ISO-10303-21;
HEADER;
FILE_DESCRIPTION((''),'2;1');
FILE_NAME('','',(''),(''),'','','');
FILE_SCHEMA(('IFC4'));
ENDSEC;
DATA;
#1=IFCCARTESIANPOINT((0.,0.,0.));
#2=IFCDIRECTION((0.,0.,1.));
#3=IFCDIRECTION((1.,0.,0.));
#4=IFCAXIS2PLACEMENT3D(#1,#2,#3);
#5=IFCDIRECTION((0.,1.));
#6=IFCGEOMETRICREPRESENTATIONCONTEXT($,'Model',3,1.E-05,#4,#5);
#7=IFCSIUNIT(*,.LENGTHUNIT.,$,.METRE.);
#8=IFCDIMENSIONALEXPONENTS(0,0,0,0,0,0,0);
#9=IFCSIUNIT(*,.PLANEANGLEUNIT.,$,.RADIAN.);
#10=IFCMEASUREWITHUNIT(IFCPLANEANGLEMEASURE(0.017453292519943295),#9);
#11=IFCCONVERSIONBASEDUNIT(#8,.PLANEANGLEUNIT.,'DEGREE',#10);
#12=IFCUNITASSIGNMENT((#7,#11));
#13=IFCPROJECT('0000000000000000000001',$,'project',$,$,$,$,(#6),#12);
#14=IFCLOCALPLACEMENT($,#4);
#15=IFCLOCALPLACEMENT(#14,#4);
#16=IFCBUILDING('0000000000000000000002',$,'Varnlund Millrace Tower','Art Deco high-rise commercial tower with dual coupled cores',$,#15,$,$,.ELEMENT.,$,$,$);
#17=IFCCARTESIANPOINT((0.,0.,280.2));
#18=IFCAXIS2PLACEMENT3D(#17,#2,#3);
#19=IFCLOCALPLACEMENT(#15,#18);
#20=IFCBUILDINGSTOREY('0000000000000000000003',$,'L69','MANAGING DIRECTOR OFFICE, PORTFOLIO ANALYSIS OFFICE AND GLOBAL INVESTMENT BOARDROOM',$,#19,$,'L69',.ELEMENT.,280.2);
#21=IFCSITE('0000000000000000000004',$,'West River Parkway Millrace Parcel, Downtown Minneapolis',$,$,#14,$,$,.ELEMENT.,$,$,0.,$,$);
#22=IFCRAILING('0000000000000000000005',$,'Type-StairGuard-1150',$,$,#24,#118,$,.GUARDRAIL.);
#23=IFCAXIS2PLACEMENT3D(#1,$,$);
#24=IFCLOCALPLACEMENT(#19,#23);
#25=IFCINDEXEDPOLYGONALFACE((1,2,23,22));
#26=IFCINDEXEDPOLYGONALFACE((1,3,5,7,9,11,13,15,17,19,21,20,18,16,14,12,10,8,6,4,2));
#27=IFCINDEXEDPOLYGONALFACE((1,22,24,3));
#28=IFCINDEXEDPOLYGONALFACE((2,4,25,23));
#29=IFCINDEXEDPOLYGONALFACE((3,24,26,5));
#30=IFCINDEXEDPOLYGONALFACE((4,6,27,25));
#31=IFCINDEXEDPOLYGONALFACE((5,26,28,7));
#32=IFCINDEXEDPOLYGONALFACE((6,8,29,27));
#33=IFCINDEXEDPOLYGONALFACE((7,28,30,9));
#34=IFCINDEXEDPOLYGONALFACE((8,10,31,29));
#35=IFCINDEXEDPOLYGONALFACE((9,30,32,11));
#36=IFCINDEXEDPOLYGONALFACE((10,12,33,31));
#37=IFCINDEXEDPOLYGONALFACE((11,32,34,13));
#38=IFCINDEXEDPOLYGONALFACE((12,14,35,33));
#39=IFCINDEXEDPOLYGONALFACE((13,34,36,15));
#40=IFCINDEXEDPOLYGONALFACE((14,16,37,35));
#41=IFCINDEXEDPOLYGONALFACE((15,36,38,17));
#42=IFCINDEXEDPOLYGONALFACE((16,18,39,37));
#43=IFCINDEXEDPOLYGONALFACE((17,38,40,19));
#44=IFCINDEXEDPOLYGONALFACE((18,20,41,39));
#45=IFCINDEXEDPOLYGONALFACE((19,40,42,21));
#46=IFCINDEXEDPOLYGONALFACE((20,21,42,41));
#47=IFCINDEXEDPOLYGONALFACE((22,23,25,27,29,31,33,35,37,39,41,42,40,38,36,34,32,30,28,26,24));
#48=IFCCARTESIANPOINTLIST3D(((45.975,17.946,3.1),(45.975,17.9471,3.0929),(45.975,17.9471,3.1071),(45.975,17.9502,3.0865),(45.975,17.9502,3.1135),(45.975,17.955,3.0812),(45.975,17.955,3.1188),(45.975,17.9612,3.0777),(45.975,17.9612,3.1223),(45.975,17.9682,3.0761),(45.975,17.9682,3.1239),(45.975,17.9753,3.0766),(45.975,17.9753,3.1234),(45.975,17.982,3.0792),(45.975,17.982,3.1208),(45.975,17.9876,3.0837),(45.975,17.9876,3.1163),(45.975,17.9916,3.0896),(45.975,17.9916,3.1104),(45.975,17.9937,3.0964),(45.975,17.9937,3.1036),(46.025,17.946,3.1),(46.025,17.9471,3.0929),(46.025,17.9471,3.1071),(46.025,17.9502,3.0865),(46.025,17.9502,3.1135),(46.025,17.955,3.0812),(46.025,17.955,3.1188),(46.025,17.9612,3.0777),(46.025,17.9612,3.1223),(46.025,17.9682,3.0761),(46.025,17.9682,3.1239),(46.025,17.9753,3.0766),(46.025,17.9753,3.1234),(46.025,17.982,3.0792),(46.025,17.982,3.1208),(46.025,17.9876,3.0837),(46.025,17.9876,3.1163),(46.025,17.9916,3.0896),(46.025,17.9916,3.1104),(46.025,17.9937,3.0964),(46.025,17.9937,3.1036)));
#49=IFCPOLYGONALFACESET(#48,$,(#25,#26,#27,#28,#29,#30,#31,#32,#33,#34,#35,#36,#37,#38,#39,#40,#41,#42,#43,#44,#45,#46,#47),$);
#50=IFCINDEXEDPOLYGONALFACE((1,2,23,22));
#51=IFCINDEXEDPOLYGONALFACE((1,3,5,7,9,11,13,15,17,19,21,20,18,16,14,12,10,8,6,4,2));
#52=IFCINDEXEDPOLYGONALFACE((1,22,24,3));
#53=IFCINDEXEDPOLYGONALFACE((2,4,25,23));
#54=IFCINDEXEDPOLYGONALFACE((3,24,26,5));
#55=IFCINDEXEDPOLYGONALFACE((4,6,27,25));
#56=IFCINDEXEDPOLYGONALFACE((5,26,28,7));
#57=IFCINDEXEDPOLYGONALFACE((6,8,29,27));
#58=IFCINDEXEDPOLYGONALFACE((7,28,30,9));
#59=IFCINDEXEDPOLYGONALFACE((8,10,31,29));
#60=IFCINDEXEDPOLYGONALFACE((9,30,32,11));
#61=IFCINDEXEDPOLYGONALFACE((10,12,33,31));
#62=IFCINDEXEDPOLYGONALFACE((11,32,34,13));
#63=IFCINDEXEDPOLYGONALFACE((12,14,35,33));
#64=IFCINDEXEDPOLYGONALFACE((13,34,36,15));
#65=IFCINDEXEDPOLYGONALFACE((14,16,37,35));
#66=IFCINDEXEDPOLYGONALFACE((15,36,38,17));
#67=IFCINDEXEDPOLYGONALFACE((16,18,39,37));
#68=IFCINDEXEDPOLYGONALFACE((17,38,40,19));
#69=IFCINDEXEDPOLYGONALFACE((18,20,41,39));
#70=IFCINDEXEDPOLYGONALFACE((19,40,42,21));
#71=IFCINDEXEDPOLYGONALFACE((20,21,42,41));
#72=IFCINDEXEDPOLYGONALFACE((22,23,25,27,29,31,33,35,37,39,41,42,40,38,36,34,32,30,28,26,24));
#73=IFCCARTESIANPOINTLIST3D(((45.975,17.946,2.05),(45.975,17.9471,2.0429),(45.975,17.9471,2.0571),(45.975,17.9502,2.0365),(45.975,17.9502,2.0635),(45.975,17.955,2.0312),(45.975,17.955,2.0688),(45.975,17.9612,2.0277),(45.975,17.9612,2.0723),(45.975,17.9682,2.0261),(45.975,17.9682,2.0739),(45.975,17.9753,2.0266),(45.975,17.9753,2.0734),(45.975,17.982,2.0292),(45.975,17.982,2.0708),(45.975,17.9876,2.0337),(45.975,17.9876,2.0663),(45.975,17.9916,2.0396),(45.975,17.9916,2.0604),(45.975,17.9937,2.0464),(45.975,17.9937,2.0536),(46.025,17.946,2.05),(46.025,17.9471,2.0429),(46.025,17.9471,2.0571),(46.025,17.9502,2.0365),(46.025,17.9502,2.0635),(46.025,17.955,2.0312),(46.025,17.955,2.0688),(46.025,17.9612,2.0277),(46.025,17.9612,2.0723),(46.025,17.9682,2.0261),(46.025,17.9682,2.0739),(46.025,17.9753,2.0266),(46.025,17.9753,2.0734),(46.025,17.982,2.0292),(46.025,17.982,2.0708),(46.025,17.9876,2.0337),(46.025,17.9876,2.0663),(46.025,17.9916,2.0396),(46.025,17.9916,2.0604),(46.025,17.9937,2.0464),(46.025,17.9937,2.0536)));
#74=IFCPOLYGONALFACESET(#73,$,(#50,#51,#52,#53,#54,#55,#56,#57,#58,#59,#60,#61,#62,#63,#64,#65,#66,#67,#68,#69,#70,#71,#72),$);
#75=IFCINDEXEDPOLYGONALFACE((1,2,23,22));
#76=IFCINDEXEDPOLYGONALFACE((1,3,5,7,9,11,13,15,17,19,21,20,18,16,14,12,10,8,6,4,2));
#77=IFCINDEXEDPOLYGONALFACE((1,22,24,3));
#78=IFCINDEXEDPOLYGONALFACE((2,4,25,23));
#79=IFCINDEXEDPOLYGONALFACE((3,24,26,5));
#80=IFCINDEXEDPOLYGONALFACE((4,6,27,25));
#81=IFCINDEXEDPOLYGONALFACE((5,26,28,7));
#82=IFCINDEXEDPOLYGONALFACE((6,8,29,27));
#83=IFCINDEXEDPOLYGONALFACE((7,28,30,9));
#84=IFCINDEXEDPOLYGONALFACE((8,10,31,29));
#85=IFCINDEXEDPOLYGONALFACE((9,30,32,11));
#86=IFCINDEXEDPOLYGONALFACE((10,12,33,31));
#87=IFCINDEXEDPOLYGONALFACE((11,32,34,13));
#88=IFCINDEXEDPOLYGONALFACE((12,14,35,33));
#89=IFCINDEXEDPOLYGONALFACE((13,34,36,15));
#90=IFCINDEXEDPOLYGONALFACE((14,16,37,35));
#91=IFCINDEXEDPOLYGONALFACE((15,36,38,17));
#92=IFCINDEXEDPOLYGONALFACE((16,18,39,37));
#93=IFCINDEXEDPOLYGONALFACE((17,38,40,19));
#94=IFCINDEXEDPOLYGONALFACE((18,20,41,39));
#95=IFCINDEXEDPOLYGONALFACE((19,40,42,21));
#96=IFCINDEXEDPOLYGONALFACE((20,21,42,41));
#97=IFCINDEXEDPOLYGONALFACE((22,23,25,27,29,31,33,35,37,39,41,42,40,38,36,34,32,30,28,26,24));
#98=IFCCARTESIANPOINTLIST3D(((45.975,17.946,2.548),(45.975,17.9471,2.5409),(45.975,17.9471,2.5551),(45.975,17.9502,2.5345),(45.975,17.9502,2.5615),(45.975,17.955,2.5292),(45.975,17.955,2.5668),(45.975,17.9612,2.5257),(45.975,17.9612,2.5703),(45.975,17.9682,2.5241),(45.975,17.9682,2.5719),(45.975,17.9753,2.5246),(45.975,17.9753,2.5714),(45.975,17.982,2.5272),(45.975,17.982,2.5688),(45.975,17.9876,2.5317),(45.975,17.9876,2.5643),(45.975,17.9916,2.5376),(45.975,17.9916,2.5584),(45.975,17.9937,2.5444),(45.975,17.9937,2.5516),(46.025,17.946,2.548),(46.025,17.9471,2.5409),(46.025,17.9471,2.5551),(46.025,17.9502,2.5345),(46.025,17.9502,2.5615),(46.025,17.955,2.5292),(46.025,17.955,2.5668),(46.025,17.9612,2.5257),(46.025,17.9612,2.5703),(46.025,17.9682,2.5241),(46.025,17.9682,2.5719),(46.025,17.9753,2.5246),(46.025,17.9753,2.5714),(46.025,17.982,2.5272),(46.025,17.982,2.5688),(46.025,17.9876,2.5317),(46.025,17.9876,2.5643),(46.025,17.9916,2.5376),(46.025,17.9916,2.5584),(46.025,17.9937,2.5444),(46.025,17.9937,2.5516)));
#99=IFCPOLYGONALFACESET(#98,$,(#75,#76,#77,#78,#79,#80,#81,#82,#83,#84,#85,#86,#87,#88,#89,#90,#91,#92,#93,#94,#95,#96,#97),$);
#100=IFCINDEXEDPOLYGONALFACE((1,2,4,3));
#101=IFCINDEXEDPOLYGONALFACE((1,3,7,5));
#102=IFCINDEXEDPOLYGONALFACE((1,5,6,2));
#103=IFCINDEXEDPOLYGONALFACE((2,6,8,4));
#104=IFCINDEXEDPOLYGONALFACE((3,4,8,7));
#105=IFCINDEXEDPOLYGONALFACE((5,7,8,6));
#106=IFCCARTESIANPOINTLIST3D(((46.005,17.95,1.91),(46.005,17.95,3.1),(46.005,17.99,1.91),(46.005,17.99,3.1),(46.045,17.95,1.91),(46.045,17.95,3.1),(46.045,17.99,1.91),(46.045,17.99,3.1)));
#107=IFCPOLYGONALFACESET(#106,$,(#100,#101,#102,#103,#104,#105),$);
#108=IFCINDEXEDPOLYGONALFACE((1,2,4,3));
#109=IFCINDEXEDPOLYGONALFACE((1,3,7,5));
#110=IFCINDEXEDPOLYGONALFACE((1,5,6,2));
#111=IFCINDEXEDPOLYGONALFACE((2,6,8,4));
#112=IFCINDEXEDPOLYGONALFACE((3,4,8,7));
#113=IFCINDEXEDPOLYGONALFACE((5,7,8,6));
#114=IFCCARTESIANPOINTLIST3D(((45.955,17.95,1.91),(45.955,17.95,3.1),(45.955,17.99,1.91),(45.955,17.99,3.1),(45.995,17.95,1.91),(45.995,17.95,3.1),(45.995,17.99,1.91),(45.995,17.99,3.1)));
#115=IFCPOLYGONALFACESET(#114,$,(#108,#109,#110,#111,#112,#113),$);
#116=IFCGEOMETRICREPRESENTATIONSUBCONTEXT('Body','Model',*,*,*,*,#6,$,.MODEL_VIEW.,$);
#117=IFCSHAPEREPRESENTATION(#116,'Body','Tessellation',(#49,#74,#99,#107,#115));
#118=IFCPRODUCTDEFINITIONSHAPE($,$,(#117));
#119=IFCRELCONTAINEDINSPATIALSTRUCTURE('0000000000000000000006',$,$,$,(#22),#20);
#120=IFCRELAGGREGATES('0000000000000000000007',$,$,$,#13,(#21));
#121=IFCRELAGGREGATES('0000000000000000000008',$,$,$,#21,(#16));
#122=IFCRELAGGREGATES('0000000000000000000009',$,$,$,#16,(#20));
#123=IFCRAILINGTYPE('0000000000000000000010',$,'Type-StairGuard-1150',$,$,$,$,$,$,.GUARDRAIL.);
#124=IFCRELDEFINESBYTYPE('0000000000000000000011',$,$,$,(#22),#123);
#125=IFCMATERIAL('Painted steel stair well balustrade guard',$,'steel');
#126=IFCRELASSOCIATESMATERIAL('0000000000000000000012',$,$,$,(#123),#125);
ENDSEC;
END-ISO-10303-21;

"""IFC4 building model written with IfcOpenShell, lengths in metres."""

from ifc_helpers import new_model, entity, si_unit, converted_unit, direction, frame, origin_with_axes, origin_2d_with_axis, place, context, subcontext, project, spatial, rectangle, circle, extrude, material, type_object, element, save


model = new_model("IFC4")

# Units and contexts
model_context = context("Model", 3, precision=1e-05, world=origin_with_axes(), true_north=direction((0.0, 1.0)))
body_context = subcontext(model_context, "Body", "Model", "MODEL_VIEW")
ifc_project = project(units=[si_unit("LENGTHUNIT", "METRE"), converted_unit("PLANEANGLEUNIT", "DEGREE", entity("IfcPlaneAngleMeasure", 0.017453292519943295), si_unit("PLANEANGLEUNIT", "RADIAN"), dimensions=[0, 0, 0, 0, 0, 0, 0])], contexts=[model_context])

# Site, building, storey
site_placement = place(None, origin_with_axes())
site = spatial("IfcSite", under=ifc_project, at=site_placement, Name="West River Parkway Millrace Parcel, Downtown Minneapolis", CompositionType="ELEMENT", RefElevation=0.0)
building_placement = place(site_placement, origin_with_axes())
building = spatial("IfcBuilding", under=site, at=building_placement, Name="Varnlund Millrace Tower", Description="Art Deco high-rise commercial tower with dual coupled cores", CompositionType="ELEMENT")
storey_placement = place(building_placement, frame((0.0, 0.0, 280.2), z_axis=(0.0, 0.0, 1.0), x_axis=(1.0, 0.0, 0.0)))
storey = spatial("IfcBuildingStorey", under=building, at=storey_placement, Name="L69", Description="MANAGING DIRECTOR OFFICE, PORTFOLIO ANALYSIS OFFICE AND GLOBAL INVESTMENT BOARDROOM", LongName="L69", CompositionType="ELEMENT", Elevation=280.2)

# Railing
ifc_material_1 = material(Name="Painted steel stair well balustrade guard", Category="steel")
railing_type_1 = type_object("IfcRailingType", Name="Type-StairGuard-1150", PredefinedType="GUARDRAIL", material=ifc_material_1)
railing_1_placement = place(storey_placement, frame((0.0, 0.0, -280.2), z_axis=(0.0, 0.0, 1.0), x_axis=(1.0, 0.0, 0.0)))
element("IfcRailing", 1, at=railing_1_placement, inside=storey, type_object=railing_type_1, Name="Type-StairGuard-1150", PredefinedType="GUARDRAIL", context=body_context, shape_type="SweptSolid", body=[
    extrude(circle(Radius=0.024, at=origin_2d_with_axis()), frame((46.025, 17.97, 283.3), z_axis=(-1.0, 0.0, 0.0), x_axis=(0.0, -1.0, 0.0)), (0.0, 0.0, 1.0), 0.05),
    extrude(circle(Radius=0.024, at=origin_2d_with_axis()), frame((46.025, 17.97, 282.25), z_axis=(-1.0, 0.0, 0.0), x_axis=(0.0, -1.0, 0.0)), (0.0, 0.0, 1.0), 0.05),
    extrude(circle(Radius=0.024, at=origin_2d_with_axis()), frame((46.025, 17.97, 282.748), z_axis=(-1.0, 0.0, 0.0), x_axis=(0.0, -1.0, 0.0)), (0.0, 0.0, 1.0), 0.05),
    extrude(rectangle(XDim=0.04, YDim=0.04, at=origin_2d_with_axis()), frame((46.025, 17.97, 282.11), z_axis=(0.0, 0.0, 1.0), x_axis=(1.0, 0.0, 0.0)), (0.0, 0.0, 1.0), 1.19),
    extrude(rectangle(XDim=0.04, YDim=0.04, at=origin_2d_with_axis()), frame((45.975, 17.97, 282.11), z_axis=(0.0, 0.0, 1.0), x_axis=(1.0, 0.0, 0.0)), (0.0, 0.0, 1.0), 1.19),
])

save(model, "model.ifc")
